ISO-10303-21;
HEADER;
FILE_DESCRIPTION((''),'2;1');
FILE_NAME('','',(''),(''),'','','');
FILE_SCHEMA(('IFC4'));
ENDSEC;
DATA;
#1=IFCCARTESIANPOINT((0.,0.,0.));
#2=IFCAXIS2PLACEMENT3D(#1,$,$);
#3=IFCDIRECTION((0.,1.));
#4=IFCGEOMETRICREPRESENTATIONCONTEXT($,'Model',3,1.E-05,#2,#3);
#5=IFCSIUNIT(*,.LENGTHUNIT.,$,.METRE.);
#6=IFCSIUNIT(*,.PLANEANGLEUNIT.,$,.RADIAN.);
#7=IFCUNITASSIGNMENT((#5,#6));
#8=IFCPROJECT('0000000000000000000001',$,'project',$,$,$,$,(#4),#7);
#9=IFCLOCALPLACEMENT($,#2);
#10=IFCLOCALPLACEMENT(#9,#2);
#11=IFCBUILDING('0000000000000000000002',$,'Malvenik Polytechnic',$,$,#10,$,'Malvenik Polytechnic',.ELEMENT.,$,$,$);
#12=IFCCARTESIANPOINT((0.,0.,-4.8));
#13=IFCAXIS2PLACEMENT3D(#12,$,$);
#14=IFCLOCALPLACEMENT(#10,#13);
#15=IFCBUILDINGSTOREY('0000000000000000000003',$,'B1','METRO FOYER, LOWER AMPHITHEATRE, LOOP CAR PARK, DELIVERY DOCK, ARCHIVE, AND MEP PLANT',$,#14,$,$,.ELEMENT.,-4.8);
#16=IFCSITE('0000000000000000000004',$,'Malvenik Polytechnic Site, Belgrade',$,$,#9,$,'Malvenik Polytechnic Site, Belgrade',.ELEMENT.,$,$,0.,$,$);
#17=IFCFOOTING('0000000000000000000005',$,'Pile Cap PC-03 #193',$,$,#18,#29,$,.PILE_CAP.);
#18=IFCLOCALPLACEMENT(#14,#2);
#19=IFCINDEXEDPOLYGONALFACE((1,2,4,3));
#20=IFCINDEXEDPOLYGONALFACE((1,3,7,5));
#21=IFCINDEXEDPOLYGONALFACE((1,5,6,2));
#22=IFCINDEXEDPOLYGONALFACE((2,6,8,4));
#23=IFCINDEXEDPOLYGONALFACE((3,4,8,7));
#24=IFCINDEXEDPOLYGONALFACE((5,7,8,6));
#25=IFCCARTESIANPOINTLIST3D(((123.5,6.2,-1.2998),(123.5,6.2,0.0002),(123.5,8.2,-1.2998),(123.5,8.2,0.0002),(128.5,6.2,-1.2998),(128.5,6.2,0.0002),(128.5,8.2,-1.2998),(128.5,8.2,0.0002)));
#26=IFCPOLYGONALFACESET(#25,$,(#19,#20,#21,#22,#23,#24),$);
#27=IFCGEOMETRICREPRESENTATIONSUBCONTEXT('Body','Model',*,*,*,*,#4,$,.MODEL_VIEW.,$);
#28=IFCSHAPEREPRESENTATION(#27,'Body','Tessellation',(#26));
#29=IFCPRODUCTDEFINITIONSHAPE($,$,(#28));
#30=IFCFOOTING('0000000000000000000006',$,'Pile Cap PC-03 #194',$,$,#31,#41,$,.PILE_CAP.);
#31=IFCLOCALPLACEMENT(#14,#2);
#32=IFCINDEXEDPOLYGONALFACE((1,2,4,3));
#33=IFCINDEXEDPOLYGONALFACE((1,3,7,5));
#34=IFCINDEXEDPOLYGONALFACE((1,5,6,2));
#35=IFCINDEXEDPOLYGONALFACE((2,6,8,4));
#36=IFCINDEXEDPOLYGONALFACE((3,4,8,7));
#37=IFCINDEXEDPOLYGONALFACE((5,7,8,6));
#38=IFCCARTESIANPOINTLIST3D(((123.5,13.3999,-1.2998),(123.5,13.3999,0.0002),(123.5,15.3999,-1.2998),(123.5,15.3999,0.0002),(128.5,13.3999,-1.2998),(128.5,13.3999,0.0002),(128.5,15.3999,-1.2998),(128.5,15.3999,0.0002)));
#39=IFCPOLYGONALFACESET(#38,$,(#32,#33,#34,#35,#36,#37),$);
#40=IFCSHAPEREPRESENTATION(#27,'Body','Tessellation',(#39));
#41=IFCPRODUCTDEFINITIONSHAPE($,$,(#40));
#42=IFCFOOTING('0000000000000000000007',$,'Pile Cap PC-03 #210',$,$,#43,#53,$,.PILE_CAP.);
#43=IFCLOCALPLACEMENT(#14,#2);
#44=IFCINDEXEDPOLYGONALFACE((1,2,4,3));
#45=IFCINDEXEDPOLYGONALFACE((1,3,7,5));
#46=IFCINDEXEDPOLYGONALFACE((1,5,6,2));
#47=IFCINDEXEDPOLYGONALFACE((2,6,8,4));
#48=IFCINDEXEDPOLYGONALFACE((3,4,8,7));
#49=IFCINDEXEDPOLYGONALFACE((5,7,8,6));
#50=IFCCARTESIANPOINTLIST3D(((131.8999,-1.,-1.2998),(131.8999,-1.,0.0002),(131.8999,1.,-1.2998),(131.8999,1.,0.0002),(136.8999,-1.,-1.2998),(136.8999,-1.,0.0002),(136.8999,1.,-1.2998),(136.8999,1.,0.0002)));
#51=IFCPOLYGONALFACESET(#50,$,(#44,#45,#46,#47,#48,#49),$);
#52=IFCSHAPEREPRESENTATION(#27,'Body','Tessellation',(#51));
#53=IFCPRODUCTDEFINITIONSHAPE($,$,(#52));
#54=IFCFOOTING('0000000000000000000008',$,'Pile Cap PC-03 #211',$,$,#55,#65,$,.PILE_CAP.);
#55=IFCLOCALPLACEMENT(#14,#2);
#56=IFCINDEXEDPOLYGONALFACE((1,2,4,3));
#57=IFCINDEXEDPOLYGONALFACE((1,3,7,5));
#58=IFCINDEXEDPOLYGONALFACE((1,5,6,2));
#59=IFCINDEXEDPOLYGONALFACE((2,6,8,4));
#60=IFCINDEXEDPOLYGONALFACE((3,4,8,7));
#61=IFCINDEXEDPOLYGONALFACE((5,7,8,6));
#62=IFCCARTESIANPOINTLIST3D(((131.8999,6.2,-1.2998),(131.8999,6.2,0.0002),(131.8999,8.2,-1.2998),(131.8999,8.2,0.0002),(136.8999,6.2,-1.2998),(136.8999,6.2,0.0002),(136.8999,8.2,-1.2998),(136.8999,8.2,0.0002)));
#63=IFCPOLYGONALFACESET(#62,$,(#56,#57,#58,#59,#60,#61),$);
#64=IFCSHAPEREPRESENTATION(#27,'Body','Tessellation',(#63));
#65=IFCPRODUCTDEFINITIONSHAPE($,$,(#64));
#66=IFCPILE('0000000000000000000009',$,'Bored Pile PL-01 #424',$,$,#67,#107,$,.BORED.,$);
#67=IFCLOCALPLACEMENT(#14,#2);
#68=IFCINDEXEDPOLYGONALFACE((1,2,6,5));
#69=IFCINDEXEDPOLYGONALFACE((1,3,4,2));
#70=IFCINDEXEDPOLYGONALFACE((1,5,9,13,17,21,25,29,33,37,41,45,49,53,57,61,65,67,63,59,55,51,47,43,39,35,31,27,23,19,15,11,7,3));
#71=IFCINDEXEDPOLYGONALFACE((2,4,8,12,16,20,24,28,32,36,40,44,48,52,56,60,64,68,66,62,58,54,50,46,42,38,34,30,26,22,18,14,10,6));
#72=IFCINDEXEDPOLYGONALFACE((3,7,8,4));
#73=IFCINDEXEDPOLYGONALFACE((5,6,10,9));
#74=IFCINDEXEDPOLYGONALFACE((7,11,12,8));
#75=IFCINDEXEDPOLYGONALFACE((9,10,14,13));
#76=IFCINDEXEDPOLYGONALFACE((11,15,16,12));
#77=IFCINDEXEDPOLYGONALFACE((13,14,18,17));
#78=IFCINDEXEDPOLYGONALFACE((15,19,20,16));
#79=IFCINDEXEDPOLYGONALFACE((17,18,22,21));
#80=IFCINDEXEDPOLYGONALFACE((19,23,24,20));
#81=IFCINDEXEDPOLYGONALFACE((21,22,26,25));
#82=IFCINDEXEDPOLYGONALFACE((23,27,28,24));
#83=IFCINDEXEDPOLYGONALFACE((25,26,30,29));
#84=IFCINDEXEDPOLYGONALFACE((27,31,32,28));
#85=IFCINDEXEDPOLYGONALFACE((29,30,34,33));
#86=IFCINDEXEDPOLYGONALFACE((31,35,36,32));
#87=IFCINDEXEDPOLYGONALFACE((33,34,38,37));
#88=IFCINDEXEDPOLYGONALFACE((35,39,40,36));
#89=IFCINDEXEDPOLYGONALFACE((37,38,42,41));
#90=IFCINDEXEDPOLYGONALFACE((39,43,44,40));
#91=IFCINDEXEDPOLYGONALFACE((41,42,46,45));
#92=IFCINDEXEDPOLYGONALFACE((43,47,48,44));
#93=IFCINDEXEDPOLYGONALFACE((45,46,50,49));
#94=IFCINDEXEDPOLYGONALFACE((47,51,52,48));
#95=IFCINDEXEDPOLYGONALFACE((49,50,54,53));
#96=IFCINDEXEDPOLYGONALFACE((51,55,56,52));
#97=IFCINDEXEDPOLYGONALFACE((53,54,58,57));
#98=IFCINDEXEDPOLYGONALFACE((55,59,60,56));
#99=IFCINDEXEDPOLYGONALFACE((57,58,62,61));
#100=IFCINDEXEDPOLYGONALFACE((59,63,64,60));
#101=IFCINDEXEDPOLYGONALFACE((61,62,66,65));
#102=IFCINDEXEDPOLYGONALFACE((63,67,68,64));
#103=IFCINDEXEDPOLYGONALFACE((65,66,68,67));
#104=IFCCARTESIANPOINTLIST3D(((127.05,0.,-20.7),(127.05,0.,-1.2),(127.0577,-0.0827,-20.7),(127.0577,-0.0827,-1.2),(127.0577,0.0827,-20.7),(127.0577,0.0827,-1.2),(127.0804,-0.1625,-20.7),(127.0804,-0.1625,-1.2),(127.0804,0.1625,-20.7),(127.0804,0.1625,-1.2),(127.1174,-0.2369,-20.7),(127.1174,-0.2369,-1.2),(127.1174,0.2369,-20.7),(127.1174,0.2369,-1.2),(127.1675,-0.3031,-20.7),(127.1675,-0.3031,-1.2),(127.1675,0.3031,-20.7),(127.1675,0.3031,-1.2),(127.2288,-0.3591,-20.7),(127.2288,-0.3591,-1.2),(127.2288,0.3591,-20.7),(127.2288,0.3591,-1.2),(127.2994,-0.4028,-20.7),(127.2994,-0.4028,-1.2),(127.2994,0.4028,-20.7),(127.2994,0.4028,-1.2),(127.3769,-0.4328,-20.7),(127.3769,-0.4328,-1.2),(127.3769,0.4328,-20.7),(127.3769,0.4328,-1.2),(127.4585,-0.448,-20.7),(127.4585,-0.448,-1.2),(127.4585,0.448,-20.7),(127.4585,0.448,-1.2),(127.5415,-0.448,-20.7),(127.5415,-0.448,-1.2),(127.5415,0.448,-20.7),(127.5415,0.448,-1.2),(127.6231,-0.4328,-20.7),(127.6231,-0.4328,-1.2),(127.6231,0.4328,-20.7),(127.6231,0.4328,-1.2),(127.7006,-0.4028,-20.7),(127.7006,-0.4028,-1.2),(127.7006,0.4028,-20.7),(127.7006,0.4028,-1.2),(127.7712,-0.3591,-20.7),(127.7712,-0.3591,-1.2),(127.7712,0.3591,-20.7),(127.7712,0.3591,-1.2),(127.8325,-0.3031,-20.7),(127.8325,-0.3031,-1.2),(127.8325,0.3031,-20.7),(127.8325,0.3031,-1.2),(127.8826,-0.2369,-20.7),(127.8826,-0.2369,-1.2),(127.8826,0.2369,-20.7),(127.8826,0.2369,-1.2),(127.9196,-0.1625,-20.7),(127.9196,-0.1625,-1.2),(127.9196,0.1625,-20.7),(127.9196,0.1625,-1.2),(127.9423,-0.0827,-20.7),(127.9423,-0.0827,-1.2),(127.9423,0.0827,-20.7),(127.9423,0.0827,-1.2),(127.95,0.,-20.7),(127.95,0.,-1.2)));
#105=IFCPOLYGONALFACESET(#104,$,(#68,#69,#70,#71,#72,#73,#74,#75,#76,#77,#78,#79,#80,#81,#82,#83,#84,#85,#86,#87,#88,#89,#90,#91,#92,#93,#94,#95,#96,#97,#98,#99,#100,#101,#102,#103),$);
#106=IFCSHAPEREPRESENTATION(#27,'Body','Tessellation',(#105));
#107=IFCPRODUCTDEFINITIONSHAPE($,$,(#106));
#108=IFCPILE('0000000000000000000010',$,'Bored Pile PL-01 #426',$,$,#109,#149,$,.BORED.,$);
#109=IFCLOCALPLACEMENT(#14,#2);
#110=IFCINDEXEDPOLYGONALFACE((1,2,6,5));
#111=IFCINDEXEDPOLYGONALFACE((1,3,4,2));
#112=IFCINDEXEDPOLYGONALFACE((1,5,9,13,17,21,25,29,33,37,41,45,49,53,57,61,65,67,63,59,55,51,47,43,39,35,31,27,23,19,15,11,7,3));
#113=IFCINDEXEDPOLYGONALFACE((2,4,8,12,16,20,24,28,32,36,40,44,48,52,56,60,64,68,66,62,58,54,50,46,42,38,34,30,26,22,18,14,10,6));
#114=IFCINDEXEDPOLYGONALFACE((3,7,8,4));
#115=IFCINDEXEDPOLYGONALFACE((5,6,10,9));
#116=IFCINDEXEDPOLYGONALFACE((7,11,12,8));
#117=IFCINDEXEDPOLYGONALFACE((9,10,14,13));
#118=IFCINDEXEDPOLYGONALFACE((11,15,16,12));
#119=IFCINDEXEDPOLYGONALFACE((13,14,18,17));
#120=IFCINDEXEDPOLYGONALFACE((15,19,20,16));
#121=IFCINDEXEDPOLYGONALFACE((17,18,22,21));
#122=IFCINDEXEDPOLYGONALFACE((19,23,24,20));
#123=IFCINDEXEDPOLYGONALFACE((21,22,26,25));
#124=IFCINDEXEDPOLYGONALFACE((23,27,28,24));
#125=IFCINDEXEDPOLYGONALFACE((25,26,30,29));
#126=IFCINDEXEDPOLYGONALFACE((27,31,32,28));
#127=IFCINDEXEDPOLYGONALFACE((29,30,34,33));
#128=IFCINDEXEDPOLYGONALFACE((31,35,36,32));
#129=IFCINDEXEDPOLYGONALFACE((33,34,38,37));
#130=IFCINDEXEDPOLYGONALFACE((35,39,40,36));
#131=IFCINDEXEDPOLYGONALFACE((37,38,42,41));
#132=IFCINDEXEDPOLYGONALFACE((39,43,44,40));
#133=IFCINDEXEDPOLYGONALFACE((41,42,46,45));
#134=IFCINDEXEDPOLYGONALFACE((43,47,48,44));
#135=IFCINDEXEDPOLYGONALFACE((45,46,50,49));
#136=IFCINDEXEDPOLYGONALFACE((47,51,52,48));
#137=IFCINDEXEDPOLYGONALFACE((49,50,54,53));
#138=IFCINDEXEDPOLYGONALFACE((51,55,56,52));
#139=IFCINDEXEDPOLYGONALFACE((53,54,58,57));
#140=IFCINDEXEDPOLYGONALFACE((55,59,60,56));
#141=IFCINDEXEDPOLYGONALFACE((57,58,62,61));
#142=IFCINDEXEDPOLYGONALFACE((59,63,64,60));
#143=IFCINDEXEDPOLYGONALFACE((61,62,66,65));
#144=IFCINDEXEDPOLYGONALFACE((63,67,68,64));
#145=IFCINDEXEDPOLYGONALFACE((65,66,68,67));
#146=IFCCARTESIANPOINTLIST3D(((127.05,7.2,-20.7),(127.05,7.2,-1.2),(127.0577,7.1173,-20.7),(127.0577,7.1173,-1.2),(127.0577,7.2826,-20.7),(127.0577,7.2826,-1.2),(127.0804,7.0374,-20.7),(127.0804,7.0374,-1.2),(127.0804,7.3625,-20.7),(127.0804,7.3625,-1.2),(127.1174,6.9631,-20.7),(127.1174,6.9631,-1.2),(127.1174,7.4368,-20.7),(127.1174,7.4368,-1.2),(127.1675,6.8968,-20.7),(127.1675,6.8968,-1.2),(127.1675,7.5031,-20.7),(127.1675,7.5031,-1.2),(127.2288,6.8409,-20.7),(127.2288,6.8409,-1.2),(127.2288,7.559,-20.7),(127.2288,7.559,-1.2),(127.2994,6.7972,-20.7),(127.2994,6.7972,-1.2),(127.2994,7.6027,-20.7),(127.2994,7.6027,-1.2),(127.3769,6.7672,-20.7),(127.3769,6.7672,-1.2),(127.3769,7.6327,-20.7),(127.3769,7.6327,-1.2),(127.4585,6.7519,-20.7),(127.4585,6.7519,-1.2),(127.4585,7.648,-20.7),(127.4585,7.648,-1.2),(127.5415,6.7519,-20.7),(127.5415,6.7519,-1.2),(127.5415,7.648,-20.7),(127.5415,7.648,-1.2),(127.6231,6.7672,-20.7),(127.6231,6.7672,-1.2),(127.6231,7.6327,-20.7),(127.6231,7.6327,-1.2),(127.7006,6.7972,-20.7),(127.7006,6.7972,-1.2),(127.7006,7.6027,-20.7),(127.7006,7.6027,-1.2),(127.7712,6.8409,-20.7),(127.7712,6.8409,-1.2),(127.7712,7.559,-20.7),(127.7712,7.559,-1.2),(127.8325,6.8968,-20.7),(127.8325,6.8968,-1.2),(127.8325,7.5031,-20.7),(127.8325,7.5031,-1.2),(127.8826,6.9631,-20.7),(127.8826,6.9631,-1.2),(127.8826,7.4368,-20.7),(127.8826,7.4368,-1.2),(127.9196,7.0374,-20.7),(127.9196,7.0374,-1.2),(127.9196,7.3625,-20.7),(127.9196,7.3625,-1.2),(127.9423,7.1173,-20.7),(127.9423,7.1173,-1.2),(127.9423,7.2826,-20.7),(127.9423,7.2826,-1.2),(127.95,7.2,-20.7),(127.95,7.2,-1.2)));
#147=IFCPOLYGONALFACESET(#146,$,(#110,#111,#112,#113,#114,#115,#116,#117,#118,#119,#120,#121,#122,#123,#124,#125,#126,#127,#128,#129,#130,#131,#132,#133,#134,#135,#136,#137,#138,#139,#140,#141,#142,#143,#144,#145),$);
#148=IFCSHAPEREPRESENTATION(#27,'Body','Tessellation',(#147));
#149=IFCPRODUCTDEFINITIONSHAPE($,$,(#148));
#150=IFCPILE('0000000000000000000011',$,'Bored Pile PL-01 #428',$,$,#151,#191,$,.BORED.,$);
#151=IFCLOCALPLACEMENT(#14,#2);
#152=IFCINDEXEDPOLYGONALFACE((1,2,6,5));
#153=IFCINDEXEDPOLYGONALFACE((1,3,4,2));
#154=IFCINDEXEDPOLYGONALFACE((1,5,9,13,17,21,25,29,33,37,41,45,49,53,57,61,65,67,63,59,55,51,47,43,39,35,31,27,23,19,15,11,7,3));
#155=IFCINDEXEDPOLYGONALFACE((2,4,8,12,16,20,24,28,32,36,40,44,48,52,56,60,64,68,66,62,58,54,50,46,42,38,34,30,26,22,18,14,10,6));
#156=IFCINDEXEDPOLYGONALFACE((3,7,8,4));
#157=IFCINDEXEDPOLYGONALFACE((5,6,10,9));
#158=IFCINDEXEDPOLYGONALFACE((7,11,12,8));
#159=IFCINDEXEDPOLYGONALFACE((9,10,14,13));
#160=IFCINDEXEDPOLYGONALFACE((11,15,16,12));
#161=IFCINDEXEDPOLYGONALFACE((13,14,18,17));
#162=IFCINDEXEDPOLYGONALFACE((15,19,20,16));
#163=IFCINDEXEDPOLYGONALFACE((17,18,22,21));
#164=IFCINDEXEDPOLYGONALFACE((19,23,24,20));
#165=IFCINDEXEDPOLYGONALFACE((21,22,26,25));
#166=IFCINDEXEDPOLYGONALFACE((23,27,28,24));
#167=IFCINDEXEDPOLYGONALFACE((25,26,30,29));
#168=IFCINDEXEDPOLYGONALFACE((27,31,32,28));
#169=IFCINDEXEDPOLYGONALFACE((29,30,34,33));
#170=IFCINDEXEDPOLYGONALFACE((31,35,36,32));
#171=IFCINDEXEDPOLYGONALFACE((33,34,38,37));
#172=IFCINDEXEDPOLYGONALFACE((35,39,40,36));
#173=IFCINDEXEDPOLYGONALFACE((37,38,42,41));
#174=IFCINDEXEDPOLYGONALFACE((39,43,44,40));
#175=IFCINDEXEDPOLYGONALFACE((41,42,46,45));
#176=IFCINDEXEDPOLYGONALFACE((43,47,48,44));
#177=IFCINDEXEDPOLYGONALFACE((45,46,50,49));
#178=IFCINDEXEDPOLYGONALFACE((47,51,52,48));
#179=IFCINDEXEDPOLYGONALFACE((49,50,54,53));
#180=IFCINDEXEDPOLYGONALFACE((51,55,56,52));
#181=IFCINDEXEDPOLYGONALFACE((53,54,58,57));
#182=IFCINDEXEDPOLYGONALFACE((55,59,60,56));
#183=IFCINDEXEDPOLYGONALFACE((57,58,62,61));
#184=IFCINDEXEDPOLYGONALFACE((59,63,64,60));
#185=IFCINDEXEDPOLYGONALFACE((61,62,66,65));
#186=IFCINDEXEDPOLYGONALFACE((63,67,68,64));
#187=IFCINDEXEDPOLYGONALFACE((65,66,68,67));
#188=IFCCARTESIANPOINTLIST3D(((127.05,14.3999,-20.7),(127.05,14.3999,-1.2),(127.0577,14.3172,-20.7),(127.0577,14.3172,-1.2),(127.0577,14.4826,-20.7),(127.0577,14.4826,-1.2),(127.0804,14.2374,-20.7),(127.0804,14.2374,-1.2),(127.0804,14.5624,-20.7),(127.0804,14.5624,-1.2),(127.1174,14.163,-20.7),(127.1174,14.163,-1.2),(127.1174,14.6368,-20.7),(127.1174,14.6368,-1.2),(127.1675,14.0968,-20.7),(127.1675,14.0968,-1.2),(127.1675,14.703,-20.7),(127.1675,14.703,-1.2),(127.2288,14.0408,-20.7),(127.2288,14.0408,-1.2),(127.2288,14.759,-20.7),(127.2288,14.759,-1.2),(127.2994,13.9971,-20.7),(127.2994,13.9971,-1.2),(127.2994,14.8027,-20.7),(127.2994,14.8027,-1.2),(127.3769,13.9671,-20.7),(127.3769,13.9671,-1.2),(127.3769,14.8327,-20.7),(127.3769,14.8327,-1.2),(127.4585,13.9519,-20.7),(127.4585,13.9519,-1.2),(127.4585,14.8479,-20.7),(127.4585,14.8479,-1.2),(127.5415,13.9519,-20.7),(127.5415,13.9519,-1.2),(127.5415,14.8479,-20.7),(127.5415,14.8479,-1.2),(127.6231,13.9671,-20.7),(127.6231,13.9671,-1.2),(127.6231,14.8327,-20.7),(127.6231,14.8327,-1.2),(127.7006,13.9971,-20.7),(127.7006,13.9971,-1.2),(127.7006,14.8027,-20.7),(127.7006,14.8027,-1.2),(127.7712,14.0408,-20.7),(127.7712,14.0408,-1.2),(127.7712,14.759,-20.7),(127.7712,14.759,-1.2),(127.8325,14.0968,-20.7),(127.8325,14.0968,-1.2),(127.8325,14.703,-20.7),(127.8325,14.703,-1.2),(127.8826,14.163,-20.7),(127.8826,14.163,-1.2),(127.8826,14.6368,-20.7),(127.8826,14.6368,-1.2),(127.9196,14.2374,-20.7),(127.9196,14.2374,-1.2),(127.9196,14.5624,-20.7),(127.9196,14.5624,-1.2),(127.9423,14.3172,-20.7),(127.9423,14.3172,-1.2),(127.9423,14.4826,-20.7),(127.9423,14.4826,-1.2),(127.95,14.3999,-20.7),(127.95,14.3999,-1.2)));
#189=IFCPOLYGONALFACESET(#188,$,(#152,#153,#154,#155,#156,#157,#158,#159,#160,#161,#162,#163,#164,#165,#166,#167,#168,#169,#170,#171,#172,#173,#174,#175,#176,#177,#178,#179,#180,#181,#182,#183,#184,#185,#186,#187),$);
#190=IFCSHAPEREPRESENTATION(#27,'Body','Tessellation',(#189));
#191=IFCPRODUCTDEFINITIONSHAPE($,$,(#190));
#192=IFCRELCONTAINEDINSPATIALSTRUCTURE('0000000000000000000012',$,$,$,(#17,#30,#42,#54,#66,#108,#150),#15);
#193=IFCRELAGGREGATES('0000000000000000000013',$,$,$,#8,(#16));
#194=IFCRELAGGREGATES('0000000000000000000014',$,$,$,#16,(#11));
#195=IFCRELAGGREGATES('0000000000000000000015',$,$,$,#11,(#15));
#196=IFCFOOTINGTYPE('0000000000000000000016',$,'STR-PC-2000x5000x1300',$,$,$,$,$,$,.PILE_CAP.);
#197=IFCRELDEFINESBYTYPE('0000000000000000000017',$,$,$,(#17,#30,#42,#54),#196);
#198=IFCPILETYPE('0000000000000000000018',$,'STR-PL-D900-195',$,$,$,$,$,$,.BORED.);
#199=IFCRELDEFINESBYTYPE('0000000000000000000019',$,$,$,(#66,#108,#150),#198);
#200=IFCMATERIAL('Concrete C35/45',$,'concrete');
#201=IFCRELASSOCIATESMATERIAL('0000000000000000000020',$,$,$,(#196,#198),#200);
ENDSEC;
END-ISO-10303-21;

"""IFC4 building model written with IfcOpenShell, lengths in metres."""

from ifc_helpers import new_model, si_unit, direction, frame, origin, origin_2d, place, context, subcontext, project, spatial, rectangle, circle, extrude, material, material_profile, profile_set, type_object, element, save


model = new_model("IFC4")

# Units and contexts
model_context = context("Model", 3, precision=1e-05, world=origin(), true_north=direction((0.0, 1.0)))
body_context = subcontext(model_context, "Body", "Model", "MODEL_VIEW")
ifc_project = project(units=[si_unit("LENGTHUNIT", "METRE"), si_unit("PLANEANGLEUNIT", "RADIAN")], contexts=[model_context])

# Site, building, storey
site_placement = place(None, origin())
site = spatial("IfcSite", under=ifc_project, at=site_placement, Name="Malvenik Polytechnic Site, Belgrade", LongName="Malvenik Polytechnic Site, Belgrade", CompositionType="ELEMENT", RefElevation=0.0)
building_placement = place(site_placement, origin())
building = spatial("IfcBuilding", under=site, at=building_placement, Name="Malvenik Polytechnic", LongName="Malvenik Polytechnic", CompositionType="ELEMENT")
storey_placement = place(building_placement, frame((0.0, 0.0, -4.8)))
storey = spatial("IfcBuildingStorey", under=building, at=storey_placement, Name="B1", Description="METRO FOYER, LOWER AMPHITHEATRE, LOOP CAR PARK, DELIVERY DOCK, ARCHIVE, AND MEP PLANT", CompositionType="ELEMENT", Elevation=-4.8)

# Footings
ifc_material_1 = material(Name="Concrete C35/45", Category="concrete")
footing_type = type_object("IfcFootingType", Name="STR-PC-2000x5000x1300", PredefinedType="PILE_CAP", material=ifc_material_1)
for number, where, z_axis, x_axis, name in (
    (1, (126.0, 7.2, -1.2998), (0.0, 0.0, 1.0), (1.0, 0.0, 0.0), "Pile Cap PC-03 #193"),
    (2, (126.0, 14.3999, -1.2998), (0.0, 0.0, 1.0), (1.0, 0.0, 0.0), "Pile Cap PC-03 #194"),
    (3, (134.3999, 0.0, -1.2998), (0.0, 0.0, 1.0), (1.0, 0.0, 0.0), "Pile Cap PC-03 #210"),
    (4, (134.3999, 7.2, -1.2998), (0.0, 0.0, 1.0), (1.0, 0.0, 0.0), "Pile Cap PC-03 #211"),
):
    element("IfcFooting", number, at=place(storey_placement, frame(where, z_axis=z_axis, x_axis=x_axis)), inside=storey, type_object=footing_type, Name=name, PredefinedType="PILE_CAP", context=body_context, shape_type="SweptSolid", body=[
        extrude(rectangle(XDim=5.0, YDim=2.0, at=origin_2d()), origin(), (0.0, 0.0, 1.0), 1.3),
    ])

# Piles
ifc_material_profile_1 = material_profile(ifc_material_1, circle(Radius=0.45, at=origin_2d()), Name="BORED PILE D900")
ifc_profile_set_1 = profile_set([ifc_material_profile_1], Name="Concrete C35/45")
pile_type = type_object("IfcPileType", Name="STR-PL-D900-195", PredefinedType="BORED", material=ifc_profile_set_1)
for number, where, z_axis, x_axis, name in (
    (5, (127.5, 0.0, -1.2), (0.0, 0.0, -1.0), (1.0, 0.0, 0.0), "Bored Pile PL-01 #424"),
    (6, (127.5, 7.2, -1.2), (0.0, 0.0, -1.0), (1.0, 0.0, 0.0), "Bored Pile PL-01 #426"),
    (7, (127.5, 14.3999, -1.2), (0.0, 0.0, -1.0), (1.0, 0.0, 0.0), "Bored Pile PL-01 #428"),
):
    element("IfcPile", number, at=place(storey_placement, frame(where, z_axis=z_axis, x_axis=x_axis)), inside=storey, type_object=pile_type, Name=name, PredefinedType="BORED", context=body_context, shape_type="SweptSolid", body=[
        extrude(circle(Radius=0.45, at=origin_2d()), origin(), (0.0, 0.0, 1.0), 19.5),
    ])

save(model, "model.ifc")
